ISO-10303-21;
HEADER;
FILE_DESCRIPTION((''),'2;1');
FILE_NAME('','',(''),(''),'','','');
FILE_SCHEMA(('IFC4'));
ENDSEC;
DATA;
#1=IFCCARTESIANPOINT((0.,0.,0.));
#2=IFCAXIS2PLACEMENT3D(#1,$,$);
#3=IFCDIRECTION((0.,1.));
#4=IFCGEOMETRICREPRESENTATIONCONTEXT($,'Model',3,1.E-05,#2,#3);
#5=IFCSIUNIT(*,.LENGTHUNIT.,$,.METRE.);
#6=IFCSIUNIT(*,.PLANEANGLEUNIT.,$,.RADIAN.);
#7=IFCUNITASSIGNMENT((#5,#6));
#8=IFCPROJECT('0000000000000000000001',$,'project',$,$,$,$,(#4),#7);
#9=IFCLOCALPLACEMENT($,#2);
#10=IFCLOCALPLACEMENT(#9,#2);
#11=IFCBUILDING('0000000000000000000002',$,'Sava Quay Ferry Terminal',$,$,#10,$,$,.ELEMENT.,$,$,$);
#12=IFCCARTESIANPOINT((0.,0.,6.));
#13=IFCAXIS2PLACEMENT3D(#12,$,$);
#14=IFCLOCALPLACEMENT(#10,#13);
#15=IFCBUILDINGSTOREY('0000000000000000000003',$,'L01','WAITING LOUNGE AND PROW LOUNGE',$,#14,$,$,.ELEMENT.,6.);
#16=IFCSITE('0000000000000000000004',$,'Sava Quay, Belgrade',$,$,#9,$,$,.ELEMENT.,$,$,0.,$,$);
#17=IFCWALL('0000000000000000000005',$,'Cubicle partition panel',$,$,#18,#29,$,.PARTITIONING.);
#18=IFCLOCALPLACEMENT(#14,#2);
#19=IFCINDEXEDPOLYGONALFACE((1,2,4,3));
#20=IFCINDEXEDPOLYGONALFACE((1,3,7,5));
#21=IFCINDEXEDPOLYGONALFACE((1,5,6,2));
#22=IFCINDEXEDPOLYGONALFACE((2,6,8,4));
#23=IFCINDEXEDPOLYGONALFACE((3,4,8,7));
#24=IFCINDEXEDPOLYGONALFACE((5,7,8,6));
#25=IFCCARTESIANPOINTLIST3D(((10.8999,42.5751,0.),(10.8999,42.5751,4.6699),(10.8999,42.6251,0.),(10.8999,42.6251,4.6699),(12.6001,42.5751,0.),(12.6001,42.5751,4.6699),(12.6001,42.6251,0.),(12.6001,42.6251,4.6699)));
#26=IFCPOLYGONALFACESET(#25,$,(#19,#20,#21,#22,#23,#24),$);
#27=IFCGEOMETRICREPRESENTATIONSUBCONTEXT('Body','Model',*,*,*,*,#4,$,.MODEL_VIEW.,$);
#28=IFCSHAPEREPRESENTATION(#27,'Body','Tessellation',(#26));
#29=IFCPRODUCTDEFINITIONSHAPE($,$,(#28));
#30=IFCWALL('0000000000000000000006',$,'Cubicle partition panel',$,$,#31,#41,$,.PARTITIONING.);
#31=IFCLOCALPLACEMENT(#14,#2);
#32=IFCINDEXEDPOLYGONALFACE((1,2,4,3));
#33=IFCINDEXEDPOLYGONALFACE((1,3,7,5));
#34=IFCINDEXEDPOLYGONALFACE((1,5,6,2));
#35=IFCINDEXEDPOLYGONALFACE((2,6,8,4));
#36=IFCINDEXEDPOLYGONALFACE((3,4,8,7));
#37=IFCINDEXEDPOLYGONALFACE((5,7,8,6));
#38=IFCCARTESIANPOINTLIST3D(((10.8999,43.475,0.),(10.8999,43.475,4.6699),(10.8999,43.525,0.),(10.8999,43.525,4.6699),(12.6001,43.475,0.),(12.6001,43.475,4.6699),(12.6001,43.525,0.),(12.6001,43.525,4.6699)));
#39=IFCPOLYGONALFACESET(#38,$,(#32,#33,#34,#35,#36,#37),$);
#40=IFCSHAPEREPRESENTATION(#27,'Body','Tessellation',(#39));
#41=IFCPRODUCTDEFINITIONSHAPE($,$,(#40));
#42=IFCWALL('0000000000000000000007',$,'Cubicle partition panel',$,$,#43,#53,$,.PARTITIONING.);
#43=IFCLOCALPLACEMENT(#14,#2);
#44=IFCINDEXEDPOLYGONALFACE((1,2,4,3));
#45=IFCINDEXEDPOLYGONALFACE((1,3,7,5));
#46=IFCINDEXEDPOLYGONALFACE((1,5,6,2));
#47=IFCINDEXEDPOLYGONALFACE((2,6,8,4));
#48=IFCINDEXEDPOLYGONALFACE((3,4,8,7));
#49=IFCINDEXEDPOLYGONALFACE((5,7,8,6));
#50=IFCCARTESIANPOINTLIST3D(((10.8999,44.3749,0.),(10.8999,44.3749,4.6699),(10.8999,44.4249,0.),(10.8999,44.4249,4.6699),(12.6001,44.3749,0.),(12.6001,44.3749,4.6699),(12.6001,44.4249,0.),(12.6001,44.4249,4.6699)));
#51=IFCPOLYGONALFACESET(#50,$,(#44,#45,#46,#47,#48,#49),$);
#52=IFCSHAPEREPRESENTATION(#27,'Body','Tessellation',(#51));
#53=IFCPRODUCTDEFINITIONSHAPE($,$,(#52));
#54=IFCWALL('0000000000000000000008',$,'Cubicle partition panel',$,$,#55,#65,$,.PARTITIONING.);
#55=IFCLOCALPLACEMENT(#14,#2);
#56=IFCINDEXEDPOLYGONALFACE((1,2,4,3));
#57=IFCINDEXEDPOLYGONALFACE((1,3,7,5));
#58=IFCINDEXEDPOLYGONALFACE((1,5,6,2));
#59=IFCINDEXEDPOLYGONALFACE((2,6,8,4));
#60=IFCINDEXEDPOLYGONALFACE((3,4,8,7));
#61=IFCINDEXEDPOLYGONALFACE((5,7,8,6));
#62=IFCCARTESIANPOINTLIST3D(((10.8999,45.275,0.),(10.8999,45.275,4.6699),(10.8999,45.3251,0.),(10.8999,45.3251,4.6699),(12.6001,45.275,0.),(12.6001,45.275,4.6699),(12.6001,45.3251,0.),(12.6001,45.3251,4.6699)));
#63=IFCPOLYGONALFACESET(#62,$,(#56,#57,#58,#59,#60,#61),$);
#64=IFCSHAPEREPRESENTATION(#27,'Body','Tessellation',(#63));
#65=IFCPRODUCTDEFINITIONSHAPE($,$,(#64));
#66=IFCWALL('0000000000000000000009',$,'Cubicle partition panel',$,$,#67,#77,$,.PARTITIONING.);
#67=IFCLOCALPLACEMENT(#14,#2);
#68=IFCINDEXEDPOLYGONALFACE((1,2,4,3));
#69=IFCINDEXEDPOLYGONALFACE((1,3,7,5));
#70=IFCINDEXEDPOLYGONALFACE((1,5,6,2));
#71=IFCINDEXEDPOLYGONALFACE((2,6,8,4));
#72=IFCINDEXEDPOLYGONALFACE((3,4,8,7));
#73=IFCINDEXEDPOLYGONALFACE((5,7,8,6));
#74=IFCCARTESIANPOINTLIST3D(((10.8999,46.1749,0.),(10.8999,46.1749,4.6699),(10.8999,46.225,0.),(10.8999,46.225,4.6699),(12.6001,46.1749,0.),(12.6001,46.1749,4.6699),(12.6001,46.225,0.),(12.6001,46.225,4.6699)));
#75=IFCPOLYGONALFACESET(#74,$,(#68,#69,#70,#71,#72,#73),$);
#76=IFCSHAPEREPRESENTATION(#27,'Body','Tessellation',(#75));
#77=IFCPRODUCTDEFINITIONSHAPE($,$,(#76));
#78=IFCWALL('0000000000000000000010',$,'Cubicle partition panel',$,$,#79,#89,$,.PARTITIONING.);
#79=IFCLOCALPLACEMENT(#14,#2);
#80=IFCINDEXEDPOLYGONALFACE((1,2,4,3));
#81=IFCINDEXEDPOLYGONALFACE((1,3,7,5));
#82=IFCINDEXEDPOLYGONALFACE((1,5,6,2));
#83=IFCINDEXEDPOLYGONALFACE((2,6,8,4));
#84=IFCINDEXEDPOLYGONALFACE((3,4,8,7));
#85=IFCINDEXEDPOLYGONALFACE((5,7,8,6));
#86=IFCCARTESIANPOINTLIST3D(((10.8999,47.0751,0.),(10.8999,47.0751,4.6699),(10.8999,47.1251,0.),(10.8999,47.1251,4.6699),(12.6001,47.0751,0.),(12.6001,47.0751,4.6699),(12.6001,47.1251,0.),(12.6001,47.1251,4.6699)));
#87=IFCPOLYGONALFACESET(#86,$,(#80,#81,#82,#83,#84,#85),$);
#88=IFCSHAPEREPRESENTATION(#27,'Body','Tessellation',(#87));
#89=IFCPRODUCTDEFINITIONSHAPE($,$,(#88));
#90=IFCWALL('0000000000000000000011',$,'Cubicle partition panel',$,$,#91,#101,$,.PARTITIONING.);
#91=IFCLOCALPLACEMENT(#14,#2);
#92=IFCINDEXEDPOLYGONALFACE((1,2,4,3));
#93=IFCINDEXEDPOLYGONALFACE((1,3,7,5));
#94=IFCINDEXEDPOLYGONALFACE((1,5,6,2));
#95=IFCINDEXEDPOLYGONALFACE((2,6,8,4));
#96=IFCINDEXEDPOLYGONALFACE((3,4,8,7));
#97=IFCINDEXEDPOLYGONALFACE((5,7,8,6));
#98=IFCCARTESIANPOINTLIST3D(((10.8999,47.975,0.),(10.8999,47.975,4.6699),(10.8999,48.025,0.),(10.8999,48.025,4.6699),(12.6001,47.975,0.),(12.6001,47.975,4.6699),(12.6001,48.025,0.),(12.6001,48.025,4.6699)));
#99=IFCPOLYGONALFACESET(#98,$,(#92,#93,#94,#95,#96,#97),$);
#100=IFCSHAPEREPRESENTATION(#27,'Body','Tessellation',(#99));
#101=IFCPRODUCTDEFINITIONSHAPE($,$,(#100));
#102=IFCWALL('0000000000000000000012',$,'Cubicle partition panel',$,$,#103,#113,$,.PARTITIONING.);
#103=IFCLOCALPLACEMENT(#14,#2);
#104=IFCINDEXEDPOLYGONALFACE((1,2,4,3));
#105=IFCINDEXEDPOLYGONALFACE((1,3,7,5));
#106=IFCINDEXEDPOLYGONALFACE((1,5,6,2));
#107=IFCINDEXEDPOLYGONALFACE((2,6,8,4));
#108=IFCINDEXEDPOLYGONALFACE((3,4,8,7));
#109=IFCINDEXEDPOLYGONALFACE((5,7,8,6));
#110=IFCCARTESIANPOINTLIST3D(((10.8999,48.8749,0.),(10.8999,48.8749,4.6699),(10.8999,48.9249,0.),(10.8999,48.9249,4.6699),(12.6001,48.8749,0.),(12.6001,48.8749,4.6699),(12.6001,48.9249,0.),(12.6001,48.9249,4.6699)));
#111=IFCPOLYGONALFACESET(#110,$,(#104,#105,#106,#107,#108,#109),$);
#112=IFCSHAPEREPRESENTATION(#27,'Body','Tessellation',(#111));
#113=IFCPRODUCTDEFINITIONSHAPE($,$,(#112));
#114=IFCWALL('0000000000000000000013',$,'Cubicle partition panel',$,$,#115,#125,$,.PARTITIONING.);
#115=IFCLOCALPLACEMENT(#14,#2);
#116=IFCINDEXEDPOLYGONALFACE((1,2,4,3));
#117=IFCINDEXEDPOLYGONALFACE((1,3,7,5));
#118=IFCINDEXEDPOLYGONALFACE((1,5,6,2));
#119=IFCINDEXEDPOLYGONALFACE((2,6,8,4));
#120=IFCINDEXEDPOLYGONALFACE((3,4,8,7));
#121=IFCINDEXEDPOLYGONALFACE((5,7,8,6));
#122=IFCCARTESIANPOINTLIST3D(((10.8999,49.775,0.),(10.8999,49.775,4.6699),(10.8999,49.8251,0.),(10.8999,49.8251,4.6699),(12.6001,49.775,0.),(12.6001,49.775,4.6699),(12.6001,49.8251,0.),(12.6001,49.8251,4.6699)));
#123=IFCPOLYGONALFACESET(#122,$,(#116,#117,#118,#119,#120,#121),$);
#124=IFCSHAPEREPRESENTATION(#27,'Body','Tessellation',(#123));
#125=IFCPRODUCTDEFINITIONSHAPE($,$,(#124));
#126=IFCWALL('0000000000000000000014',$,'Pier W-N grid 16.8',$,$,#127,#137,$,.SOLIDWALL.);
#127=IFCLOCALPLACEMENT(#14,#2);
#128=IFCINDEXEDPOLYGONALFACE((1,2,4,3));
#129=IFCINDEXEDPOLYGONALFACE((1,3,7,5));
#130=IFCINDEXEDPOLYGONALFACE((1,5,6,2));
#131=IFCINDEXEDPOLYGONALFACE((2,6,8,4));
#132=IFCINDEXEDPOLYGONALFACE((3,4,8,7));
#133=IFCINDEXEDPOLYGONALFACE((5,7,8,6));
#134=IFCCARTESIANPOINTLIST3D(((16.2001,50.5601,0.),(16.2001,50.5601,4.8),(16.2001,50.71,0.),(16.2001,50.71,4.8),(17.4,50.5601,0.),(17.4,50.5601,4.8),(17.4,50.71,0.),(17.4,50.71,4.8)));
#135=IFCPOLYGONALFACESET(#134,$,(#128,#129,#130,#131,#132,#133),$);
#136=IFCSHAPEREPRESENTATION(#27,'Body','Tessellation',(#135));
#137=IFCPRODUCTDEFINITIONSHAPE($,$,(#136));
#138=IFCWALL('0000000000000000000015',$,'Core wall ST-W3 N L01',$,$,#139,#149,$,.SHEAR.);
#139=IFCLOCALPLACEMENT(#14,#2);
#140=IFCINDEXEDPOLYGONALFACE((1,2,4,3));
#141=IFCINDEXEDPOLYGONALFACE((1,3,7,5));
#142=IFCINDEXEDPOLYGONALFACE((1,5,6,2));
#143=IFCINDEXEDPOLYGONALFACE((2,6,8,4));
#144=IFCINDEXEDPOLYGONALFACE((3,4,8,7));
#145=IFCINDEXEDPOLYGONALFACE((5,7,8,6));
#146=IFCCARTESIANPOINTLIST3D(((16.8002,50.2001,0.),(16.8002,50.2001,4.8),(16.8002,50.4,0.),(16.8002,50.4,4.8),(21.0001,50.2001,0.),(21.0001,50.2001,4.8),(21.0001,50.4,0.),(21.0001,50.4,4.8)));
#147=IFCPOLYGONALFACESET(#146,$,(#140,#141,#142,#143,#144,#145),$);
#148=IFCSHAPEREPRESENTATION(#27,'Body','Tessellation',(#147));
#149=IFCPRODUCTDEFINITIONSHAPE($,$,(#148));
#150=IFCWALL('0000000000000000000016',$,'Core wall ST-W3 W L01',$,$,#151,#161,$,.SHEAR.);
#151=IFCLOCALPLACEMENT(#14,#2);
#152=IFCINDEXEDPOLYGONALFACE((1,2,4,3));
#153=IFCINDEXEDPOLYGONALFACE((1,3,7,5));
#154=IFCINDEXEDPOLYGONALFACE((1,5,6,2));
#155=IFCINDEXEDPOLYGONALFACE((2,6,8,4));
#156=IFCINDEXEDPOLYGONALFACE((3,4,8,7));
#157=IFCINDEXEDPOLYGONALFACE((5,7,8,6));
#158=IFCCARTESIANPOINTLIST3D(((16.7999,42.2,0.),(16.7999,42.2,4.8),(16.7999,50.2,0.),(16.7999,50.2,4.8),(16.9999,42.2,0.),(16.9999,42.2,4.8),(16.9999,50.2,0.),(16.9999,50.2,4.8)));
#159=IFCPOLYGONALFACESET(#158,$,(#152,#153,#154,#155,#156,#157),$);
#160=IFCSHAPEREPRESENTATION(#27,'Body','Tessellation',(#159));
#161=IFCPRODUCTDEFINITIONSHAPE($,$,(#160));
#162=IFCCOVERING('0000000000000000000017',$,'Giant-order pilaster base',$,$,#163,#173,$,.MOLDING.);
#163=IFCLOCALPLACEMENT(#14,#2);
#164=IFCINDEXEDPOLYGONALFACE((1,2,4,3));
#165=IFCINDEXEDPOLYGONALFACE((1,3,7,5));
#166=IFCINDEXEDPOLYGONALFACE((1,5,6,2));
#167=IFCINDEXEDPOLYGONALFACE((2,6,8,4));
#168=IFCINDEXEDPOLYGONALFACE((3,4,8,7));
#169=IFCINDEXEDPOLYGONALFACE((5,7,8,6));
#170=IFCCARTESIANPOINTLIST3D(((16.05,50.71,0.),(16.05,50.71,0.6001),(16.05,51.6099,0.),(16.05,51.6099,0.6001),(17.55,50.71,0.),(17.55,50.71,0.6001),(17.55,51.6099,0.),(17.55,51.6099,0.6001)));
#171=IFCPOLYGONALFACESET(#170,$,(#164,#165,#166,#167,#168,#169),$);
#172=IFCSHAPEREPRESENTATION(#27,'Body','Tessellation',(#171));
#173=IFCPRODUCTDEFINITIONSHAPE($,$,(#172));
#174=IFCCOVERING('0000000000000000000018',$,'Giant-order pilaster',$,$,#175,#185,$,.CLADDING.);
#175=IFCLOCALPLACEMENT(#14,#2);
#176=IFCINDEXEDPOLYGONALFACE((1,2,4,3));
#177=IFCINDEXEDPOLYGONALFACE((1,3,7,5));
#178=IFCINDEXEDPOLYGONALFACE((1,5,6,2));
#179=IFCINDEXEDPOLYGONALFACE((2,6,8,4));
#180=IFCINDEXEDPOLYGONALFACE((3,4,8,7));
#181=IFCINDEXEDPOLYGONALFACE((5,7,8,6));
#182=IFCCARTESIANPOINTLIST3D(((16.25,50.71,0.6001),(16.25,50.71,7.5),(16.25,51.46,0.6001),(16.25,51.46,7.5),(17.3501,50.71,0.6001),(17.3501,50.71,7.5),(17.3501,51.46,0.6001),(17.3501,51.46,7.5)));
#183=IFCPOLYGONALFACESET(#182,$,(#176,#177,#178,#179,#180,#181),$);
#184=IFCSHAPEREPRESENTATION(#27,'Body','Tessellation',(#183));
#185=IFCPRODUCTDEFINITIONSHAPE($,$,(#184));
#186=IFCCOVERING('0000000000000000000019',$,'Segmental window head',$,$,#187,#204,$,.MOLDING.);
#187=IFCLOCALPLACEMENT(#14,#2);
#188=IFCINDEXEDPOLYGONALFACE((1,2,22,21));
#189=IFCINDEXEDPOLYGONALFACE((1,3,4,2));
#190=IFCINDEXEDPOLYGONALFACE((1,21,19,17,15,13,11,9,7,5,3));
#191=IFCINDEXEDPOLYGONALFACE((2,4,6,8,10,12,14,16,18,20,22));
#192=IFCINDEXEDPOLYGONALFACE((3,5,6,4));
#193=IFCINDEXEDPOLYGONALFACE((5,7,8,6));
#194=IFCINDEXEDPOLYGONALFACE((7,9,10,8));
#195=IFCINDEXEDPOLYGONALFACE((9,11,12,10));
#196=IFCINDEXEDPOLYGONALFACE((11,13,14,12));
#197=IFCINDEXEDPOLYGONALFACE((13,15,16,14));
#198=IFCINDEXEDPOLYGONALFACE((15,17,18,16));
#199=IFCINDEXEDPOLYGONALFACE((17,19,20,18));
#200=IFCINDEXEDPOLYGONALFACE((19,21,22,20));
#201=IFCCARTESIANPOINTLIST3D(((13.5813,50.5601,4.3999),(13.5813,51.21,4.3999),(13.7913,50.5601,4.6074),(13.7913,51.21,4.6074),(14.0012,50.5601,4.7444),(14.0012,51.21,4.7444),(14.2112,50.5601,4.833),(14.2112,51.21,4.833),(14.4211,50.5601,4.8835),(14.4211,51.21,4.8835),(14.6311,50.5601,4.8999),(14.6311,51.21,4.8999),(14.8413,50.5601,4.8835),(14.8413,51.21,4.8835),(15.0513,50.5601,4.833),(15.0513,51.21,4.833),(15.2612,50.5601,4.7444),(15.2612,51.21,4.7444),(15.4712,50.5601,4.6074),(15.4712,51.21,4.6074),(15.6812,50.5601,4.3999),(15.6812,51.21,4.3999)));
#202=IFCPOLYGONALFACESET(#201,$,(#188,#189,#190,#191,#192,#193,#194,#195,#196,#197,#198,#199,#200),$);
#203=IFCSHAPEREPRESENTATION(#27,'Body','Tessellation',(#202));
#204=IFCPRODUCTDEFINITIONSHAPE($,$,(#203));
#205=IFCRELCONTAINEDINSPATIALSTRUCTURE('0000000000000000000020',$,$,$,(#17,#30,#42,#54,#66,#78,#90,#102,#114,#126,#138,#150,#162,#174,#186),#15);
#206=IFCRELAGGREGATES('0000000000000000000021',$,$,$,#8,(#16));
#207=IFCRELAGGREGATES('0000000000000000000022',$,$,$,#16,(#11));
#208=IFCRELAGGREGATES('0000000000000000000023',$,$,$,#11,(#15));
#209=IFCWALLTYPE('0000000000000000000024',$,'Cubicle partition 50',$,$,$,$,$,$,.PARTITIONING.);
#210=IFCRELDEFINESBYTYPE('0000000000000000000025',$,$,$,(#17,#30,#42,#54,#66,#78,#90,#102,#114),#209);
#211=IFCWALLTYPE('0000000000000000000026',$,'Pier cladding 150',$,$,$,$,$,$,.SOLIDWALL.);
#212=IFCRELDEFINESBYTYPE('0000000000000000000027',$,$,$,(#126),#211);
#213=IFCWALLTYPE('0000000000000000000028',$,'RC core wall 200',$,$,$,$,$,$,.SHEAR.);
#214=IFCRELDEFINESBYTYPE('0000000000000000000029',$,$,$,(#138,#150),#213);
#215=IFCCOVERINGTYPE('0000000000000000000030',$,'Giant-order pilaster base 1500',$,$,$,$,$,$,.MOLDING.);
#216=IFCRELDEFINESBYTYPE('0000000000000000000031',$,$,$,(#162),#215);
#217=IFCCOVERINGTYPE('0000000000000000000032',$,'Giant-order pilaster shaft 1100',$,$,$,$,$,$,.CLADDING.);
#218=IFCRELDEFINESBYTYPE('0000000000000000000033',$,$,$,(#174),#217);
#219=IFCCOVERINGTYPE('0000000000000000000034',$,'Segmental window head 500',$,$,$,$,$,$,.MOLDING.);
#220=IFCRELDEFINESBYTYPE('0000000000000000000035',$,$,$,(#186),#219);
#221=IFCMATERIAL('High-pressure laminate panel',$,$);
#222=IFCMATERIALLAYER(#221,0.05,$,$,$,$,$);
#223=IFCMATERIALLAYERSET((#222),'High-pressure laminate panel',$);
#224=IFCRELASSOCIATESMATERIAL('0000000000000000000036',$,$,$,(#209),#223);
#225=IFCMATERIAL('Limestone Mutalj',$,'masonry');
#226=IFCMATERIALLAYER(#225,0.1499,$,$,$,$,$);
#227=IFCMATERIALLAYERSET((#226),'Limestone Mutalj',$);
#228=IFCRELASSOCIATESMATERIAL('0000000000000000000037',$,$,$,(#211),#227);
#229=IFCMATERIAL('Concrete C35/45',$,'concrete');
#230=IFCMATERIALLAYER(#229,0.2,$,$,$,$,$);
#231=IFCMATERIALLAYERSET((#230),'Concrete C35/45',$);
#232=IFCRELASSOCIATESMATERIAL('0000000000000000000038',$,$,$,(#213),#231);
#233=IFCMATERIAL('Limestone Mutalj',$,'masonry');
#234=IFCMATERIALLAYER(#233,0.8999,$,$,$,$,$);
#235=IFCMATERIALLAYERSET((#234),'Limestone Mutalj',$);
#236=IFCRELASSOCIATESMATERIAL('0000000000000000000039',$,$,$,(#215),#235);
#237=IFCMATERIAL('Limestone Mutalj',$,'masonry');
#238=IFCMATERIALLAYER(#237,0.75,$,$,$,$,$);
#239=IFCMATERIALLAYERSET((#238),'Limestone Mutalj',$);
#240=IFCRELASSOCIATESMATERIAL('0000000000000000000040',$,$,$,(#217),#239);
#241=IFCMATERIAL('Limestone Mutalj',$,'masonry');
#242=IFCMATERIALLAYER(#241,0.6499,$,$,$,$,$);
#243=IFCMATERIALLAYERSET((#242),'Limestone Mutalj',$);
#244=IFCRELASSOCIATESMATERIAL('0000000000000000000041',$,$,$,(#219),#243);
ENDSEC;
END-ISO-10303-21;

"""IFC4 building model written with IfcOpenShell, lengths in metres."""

from ifc_helpers import new_model, si_unit, direction, frame, frame_2d, origin, origin_2d, place, context, subcontext, project, spatial, polyline, rectangle, outline, extrude, material, layer, layer_set, type_object, element, save


model = new_model("IFC4")

# Units and contexts
model_context = context("Model", 3, precision=1e-05, world=origin(), true_north=direction((0.0, 1.0)))
body_context = subcontext(model_context, "Body", "Model", "MODEL_VIEW")
ifc_project = project(units=[si_unit("LENGTHUNIT", "METRE"), si_unit("PLANEANGLEUNIT", "RADIAN")], contexts=[model_context])

# Site, building, storey
site_placement = place(None, origin())
site = spatial("IfcSite", under=ifc_project, at=site_placement, Name="Sava Quay, Belgrade", CompositionType="ELEMENT", RefElevation=0.0)
building_placement = place(site_placement, origin())
building = spatial("IfcBuilding", under=site, at=building_placement, Name="Sava Quay Ferry Terminal", CompositionType="ELEMENT")
storey_placement = place(building_placement, frame((0.0, 0.0, 6.0)))
storey = spatial("IfcBuildingStorey", under=building, at=storey_placement, Name="L01", Description="WAITING LOUNGE AND PROW LOUNGE", CompositionType="ELEMENT", Elevation=6.0)

# Walls
ifc_material_1 = material(Name="High-pressure laminate panel")
ifc_layer_1 = layer(ifc_material_1, 0.05)
ifc_layer_set_1 = layer_set([ifc_layer_1], Name="High-pressure laminate panel")
wall_type_1 = type_object("IfcWallType", Name="Cubicle partition 50", PredefinedType="PARTITIONING", material=ifc_layer_set_1)
for number, where, z_axis, x_axis, name in (
    (1, (12.6001, 42.6001, 0.0), (0.0, 0.0, 1.0), (-1.0, 0.0, 0.0), "Cubicle partition panel"),
    (2, (12.6001, 43.5, 0.0), (0.0, 0.0, 1.0), (-1.0, 0.0, 0.0), "Cubicle partition panel"),
    (3, (12.6001, 44.3999, 0.0), (0.0, 0.0, 1.0), (-1.0, 0.0, 0.0), "Cubicle partition panel"),
    (4, (12.6001, 45.3, 0.0), (0.0, 0.0, 1.0), (-1.0, 0.0, 0.0), "Cubicle partition panel"),
    (5, (12.6001, 46.2, 0.0), (0.0, 0.0, 1.0), (-1.0, 0.0, 0.0), "Cubicle partition panel"),
    (6, (12.6001, 47.1001, 0.0), (0.0, 0.0, 1.0), (-1.0, 0.0, 0.0), "Cubicle partition panel"),
    (7, (12.6001, 48.0, 0.0), (0.0, 0.0, 1.0), (-1.0, 0.0, 0.0), "Cubicle partition panel"),
    (8, (12.6001, 48.8999, 0.0), (0.0, 0.0, 1.0), (-1.0, 0.0, 0.0), "Cubicle partition panel"),
    (9, (12.6001, 49.8, 0.0), (0.0, 0.0, 1.0), (-1.0, 0.0, 0.0), "Cubicle partition panel"),
):
    element("IfcWall", number, at=place(storey_placement, frame(where, z_axis=z_axis, x_axis=x_axis)), inside=storey, type_object=wall_type_1, Name=name, PredefinedType="PARTITIONING", context=body_context, shape_type="SweptSolid", body=[
        extrude(rectangle(XDim=1.7002, YDim=0.05, at=frame_2d((0.8501, 0.0))), origin(), (0.0, 0.0, 1.0), 4.6699),
    ])
ifc_material_2 = material(Name="Limestone Mutalj", Category="masonry")
ifc_layer_2 = layer(ifc_material_2, 0.1499)
ifc_layer_set_2 = layer_set([ifc_layer_2], Name="Limestone Mutalj")
wall_type_2 = type_object("IfcWallType", Name="Pier cladding 150", PredefinedType="SOLIDWALL", material=ifc_layer_set_2)
wall_1_placement = place(storey_placement, frame((16.2, 50.635, 0.0), z_axis=(0.0, 0.0, 1.0), x_axis=(1.0, 0.0, 0.0)))
element("IfcWall", 10, at=wall_1_placement, inside=storey, type_object=wall_type_2, Name="Pier W-N grid 16.8", PredefinedType="SOLIDWALL", context=body_context, shape_type="SweptSolid", body=[
    extrude(rectangle(XDim=1.2, YDim=0.1499, at=frame_2d((0.6001, 0.0))), origin(), (0.0, 0.0, 1.0), 4.8),
])

# Shared definitions
ifc_material_3 = material(Name="Concrete C35/45", Category="concrete")
ifc_layer_3 = layer(ifc_material_3, 0.2)
ifc_layer_set_3 = layer_set([ifc_layer_3], Name="Concrete C35/45")
wall_type_3 = type_object("IfcWallType", Name="RC core wall 200", PredefinedType="SHEAR", material=ifc_layer_set_3)

# Walls
wall_2_placement = place(storey_placement, frame((16.8, 50.3, 0.0), z_axis=(0.0, 0.0, 1.0), x_axis=(1.0, 0.0, 0.0)))
element("IfcWall", 11, at=wall_2_placement, inside=storey, type_object=wall_type_3, Name="Core wall ST-W3 N L01", PredefinedType="SHEAR", context=body_context, shape_type="SweptSolid", body=[
    extrude(rectangle(XDim=4.2, YDim=0.2, at=frame_2d((2.1001, 0.0))), origin(), (0.0, 0.0, 1.0), 4.8),
])
wall_3_placement = place(storey_placement, frame((16.8999, 42.2, 0.0), z_axis=(0.0, 0.0, 1.0), x_axis=(0.0, 1.0, 0.0)))
element("IfcWall", 12, at=wall_3_placement, inside=storey, type_object=wall_type_3, Name="Core wall ST-W3 W L01", PredefinedType="SHEAR", context=body_context, shape_type="SweptSolid", body=[
    extrude(rectangle(XDim=8.0, YDim=0.2, at=frame_2d((4.0, 0.0))), origin(), (0.0, 0.0, 1.0), 4.8),
])

# Coverings
ifc_material_4 = material(Name="Limestone Mutalj", Category="masonry")
ifc_layer_4 = layer(ifc_material_4, 0.8999)
ifc_layer_set_4 = layer_set([ifc_layer_4], Name="Limestone Mutalj")
covering_type_1 = type_object("IfcCoveringType", Name="Giant-order pilaster base 1500", PredefinedType="MOLDING", material=ifc_layer_set_4)
covering_1_placement = place(storey_placement, frame((16.8, 51.1599, 0.0), z_axis=(0.0, 0.0, 1.0), x_axis=(1.0, 0.0, 0.0)))
element("IfcCovering", 13, at=covering_1_placement, inside=storey, type_object=covering_type_1, Name="Giant-order pilaster base", PredefinedType="MOLDING", context=body_context, shape_type="SweptSolid", body=[
    extrude(rectangle(XDim=1.5, YDim=0.8999, at=origin_2d()), origin(), (0.0, 0.0, 1.0), 0.6001),
])
ifc_material_5 = material(Name="Limestone Mutalj", Category="masonry")
ifc_layer_5 = layer(ifc_material_5, 0.75)
ifc_layer_set_5 = layer_set([ifc_layer_5], Name="Limestone Mutalj")
covering_type_2 = type_object("IfcCoveringType", Name="Giant-order pilaster shaft 1100", PredefinedType="CLADDING", material=ifc_layer_set_5)
covering_2_placement = place(storey_placement, frame((16.8, 51.085, 0.6001), z_axis=(0.0, 0.0, 1.0), x_axis=(1.0, 0.0, 0.0)))
element("IfcCovering", 14, at=covering_2_placement, inside=storey, type_object=covering_type_2, Name="Giant-order pilaster", PredefinedType="CLADDING", context=body_context, shape_type="SweptSolid", body=[
    extrude(rectangle(XDim=1.1001, YDim=0.75, at=origin_2d()), origin(), (0.0, 0.0, 1.0), 6.8999),
])
ifc_material_6 = material(Name="Limestone Mutalj", Category="masonry")
ifc_layer_6 = layer(ifc_material_6, 0.6499)
ifc_layer_set_6 = layer_set([ifc_layer_6], Name="Limestone Mutalj")
covering_type_3 = type_object("IfcCoveringType", Name="Segmental window head 500", PredefinedType="MOLDING", material=ifc_layer_set_6)
covering_3_placement = place(storey_placement, frame((13.5813, 51.21, 4.3999), z_axis=(0.0, 1.0, 0.0), x_axis=(0.71123, 0.0, 0.70296)))
element("IfcCovering", 15, at=covering_3_placement, inside=storey, type_object=covering_type_3, Name="Segmental window head", PredefinedType="MOLDING", context=body_context, shape_type="SweptSolid", body=[
    extrude(outline(polyline([(0.0, 0.0), (0.2952, 0.0), (0.5408, 0.0502), (0.7524, 0.1347), (0.9373, 0.2464), (1.0981, 0.3824), (1.2361, 0.5418), (1.3499, 0.7253), (1.437, 0.9359), (1.49, 1.1809), (1.4935, 1.4761), (0.0, 0.0)])), origin(), (0.0, 0.0, -1.0), 0.6499),
])

save(model, "model.ifc")
